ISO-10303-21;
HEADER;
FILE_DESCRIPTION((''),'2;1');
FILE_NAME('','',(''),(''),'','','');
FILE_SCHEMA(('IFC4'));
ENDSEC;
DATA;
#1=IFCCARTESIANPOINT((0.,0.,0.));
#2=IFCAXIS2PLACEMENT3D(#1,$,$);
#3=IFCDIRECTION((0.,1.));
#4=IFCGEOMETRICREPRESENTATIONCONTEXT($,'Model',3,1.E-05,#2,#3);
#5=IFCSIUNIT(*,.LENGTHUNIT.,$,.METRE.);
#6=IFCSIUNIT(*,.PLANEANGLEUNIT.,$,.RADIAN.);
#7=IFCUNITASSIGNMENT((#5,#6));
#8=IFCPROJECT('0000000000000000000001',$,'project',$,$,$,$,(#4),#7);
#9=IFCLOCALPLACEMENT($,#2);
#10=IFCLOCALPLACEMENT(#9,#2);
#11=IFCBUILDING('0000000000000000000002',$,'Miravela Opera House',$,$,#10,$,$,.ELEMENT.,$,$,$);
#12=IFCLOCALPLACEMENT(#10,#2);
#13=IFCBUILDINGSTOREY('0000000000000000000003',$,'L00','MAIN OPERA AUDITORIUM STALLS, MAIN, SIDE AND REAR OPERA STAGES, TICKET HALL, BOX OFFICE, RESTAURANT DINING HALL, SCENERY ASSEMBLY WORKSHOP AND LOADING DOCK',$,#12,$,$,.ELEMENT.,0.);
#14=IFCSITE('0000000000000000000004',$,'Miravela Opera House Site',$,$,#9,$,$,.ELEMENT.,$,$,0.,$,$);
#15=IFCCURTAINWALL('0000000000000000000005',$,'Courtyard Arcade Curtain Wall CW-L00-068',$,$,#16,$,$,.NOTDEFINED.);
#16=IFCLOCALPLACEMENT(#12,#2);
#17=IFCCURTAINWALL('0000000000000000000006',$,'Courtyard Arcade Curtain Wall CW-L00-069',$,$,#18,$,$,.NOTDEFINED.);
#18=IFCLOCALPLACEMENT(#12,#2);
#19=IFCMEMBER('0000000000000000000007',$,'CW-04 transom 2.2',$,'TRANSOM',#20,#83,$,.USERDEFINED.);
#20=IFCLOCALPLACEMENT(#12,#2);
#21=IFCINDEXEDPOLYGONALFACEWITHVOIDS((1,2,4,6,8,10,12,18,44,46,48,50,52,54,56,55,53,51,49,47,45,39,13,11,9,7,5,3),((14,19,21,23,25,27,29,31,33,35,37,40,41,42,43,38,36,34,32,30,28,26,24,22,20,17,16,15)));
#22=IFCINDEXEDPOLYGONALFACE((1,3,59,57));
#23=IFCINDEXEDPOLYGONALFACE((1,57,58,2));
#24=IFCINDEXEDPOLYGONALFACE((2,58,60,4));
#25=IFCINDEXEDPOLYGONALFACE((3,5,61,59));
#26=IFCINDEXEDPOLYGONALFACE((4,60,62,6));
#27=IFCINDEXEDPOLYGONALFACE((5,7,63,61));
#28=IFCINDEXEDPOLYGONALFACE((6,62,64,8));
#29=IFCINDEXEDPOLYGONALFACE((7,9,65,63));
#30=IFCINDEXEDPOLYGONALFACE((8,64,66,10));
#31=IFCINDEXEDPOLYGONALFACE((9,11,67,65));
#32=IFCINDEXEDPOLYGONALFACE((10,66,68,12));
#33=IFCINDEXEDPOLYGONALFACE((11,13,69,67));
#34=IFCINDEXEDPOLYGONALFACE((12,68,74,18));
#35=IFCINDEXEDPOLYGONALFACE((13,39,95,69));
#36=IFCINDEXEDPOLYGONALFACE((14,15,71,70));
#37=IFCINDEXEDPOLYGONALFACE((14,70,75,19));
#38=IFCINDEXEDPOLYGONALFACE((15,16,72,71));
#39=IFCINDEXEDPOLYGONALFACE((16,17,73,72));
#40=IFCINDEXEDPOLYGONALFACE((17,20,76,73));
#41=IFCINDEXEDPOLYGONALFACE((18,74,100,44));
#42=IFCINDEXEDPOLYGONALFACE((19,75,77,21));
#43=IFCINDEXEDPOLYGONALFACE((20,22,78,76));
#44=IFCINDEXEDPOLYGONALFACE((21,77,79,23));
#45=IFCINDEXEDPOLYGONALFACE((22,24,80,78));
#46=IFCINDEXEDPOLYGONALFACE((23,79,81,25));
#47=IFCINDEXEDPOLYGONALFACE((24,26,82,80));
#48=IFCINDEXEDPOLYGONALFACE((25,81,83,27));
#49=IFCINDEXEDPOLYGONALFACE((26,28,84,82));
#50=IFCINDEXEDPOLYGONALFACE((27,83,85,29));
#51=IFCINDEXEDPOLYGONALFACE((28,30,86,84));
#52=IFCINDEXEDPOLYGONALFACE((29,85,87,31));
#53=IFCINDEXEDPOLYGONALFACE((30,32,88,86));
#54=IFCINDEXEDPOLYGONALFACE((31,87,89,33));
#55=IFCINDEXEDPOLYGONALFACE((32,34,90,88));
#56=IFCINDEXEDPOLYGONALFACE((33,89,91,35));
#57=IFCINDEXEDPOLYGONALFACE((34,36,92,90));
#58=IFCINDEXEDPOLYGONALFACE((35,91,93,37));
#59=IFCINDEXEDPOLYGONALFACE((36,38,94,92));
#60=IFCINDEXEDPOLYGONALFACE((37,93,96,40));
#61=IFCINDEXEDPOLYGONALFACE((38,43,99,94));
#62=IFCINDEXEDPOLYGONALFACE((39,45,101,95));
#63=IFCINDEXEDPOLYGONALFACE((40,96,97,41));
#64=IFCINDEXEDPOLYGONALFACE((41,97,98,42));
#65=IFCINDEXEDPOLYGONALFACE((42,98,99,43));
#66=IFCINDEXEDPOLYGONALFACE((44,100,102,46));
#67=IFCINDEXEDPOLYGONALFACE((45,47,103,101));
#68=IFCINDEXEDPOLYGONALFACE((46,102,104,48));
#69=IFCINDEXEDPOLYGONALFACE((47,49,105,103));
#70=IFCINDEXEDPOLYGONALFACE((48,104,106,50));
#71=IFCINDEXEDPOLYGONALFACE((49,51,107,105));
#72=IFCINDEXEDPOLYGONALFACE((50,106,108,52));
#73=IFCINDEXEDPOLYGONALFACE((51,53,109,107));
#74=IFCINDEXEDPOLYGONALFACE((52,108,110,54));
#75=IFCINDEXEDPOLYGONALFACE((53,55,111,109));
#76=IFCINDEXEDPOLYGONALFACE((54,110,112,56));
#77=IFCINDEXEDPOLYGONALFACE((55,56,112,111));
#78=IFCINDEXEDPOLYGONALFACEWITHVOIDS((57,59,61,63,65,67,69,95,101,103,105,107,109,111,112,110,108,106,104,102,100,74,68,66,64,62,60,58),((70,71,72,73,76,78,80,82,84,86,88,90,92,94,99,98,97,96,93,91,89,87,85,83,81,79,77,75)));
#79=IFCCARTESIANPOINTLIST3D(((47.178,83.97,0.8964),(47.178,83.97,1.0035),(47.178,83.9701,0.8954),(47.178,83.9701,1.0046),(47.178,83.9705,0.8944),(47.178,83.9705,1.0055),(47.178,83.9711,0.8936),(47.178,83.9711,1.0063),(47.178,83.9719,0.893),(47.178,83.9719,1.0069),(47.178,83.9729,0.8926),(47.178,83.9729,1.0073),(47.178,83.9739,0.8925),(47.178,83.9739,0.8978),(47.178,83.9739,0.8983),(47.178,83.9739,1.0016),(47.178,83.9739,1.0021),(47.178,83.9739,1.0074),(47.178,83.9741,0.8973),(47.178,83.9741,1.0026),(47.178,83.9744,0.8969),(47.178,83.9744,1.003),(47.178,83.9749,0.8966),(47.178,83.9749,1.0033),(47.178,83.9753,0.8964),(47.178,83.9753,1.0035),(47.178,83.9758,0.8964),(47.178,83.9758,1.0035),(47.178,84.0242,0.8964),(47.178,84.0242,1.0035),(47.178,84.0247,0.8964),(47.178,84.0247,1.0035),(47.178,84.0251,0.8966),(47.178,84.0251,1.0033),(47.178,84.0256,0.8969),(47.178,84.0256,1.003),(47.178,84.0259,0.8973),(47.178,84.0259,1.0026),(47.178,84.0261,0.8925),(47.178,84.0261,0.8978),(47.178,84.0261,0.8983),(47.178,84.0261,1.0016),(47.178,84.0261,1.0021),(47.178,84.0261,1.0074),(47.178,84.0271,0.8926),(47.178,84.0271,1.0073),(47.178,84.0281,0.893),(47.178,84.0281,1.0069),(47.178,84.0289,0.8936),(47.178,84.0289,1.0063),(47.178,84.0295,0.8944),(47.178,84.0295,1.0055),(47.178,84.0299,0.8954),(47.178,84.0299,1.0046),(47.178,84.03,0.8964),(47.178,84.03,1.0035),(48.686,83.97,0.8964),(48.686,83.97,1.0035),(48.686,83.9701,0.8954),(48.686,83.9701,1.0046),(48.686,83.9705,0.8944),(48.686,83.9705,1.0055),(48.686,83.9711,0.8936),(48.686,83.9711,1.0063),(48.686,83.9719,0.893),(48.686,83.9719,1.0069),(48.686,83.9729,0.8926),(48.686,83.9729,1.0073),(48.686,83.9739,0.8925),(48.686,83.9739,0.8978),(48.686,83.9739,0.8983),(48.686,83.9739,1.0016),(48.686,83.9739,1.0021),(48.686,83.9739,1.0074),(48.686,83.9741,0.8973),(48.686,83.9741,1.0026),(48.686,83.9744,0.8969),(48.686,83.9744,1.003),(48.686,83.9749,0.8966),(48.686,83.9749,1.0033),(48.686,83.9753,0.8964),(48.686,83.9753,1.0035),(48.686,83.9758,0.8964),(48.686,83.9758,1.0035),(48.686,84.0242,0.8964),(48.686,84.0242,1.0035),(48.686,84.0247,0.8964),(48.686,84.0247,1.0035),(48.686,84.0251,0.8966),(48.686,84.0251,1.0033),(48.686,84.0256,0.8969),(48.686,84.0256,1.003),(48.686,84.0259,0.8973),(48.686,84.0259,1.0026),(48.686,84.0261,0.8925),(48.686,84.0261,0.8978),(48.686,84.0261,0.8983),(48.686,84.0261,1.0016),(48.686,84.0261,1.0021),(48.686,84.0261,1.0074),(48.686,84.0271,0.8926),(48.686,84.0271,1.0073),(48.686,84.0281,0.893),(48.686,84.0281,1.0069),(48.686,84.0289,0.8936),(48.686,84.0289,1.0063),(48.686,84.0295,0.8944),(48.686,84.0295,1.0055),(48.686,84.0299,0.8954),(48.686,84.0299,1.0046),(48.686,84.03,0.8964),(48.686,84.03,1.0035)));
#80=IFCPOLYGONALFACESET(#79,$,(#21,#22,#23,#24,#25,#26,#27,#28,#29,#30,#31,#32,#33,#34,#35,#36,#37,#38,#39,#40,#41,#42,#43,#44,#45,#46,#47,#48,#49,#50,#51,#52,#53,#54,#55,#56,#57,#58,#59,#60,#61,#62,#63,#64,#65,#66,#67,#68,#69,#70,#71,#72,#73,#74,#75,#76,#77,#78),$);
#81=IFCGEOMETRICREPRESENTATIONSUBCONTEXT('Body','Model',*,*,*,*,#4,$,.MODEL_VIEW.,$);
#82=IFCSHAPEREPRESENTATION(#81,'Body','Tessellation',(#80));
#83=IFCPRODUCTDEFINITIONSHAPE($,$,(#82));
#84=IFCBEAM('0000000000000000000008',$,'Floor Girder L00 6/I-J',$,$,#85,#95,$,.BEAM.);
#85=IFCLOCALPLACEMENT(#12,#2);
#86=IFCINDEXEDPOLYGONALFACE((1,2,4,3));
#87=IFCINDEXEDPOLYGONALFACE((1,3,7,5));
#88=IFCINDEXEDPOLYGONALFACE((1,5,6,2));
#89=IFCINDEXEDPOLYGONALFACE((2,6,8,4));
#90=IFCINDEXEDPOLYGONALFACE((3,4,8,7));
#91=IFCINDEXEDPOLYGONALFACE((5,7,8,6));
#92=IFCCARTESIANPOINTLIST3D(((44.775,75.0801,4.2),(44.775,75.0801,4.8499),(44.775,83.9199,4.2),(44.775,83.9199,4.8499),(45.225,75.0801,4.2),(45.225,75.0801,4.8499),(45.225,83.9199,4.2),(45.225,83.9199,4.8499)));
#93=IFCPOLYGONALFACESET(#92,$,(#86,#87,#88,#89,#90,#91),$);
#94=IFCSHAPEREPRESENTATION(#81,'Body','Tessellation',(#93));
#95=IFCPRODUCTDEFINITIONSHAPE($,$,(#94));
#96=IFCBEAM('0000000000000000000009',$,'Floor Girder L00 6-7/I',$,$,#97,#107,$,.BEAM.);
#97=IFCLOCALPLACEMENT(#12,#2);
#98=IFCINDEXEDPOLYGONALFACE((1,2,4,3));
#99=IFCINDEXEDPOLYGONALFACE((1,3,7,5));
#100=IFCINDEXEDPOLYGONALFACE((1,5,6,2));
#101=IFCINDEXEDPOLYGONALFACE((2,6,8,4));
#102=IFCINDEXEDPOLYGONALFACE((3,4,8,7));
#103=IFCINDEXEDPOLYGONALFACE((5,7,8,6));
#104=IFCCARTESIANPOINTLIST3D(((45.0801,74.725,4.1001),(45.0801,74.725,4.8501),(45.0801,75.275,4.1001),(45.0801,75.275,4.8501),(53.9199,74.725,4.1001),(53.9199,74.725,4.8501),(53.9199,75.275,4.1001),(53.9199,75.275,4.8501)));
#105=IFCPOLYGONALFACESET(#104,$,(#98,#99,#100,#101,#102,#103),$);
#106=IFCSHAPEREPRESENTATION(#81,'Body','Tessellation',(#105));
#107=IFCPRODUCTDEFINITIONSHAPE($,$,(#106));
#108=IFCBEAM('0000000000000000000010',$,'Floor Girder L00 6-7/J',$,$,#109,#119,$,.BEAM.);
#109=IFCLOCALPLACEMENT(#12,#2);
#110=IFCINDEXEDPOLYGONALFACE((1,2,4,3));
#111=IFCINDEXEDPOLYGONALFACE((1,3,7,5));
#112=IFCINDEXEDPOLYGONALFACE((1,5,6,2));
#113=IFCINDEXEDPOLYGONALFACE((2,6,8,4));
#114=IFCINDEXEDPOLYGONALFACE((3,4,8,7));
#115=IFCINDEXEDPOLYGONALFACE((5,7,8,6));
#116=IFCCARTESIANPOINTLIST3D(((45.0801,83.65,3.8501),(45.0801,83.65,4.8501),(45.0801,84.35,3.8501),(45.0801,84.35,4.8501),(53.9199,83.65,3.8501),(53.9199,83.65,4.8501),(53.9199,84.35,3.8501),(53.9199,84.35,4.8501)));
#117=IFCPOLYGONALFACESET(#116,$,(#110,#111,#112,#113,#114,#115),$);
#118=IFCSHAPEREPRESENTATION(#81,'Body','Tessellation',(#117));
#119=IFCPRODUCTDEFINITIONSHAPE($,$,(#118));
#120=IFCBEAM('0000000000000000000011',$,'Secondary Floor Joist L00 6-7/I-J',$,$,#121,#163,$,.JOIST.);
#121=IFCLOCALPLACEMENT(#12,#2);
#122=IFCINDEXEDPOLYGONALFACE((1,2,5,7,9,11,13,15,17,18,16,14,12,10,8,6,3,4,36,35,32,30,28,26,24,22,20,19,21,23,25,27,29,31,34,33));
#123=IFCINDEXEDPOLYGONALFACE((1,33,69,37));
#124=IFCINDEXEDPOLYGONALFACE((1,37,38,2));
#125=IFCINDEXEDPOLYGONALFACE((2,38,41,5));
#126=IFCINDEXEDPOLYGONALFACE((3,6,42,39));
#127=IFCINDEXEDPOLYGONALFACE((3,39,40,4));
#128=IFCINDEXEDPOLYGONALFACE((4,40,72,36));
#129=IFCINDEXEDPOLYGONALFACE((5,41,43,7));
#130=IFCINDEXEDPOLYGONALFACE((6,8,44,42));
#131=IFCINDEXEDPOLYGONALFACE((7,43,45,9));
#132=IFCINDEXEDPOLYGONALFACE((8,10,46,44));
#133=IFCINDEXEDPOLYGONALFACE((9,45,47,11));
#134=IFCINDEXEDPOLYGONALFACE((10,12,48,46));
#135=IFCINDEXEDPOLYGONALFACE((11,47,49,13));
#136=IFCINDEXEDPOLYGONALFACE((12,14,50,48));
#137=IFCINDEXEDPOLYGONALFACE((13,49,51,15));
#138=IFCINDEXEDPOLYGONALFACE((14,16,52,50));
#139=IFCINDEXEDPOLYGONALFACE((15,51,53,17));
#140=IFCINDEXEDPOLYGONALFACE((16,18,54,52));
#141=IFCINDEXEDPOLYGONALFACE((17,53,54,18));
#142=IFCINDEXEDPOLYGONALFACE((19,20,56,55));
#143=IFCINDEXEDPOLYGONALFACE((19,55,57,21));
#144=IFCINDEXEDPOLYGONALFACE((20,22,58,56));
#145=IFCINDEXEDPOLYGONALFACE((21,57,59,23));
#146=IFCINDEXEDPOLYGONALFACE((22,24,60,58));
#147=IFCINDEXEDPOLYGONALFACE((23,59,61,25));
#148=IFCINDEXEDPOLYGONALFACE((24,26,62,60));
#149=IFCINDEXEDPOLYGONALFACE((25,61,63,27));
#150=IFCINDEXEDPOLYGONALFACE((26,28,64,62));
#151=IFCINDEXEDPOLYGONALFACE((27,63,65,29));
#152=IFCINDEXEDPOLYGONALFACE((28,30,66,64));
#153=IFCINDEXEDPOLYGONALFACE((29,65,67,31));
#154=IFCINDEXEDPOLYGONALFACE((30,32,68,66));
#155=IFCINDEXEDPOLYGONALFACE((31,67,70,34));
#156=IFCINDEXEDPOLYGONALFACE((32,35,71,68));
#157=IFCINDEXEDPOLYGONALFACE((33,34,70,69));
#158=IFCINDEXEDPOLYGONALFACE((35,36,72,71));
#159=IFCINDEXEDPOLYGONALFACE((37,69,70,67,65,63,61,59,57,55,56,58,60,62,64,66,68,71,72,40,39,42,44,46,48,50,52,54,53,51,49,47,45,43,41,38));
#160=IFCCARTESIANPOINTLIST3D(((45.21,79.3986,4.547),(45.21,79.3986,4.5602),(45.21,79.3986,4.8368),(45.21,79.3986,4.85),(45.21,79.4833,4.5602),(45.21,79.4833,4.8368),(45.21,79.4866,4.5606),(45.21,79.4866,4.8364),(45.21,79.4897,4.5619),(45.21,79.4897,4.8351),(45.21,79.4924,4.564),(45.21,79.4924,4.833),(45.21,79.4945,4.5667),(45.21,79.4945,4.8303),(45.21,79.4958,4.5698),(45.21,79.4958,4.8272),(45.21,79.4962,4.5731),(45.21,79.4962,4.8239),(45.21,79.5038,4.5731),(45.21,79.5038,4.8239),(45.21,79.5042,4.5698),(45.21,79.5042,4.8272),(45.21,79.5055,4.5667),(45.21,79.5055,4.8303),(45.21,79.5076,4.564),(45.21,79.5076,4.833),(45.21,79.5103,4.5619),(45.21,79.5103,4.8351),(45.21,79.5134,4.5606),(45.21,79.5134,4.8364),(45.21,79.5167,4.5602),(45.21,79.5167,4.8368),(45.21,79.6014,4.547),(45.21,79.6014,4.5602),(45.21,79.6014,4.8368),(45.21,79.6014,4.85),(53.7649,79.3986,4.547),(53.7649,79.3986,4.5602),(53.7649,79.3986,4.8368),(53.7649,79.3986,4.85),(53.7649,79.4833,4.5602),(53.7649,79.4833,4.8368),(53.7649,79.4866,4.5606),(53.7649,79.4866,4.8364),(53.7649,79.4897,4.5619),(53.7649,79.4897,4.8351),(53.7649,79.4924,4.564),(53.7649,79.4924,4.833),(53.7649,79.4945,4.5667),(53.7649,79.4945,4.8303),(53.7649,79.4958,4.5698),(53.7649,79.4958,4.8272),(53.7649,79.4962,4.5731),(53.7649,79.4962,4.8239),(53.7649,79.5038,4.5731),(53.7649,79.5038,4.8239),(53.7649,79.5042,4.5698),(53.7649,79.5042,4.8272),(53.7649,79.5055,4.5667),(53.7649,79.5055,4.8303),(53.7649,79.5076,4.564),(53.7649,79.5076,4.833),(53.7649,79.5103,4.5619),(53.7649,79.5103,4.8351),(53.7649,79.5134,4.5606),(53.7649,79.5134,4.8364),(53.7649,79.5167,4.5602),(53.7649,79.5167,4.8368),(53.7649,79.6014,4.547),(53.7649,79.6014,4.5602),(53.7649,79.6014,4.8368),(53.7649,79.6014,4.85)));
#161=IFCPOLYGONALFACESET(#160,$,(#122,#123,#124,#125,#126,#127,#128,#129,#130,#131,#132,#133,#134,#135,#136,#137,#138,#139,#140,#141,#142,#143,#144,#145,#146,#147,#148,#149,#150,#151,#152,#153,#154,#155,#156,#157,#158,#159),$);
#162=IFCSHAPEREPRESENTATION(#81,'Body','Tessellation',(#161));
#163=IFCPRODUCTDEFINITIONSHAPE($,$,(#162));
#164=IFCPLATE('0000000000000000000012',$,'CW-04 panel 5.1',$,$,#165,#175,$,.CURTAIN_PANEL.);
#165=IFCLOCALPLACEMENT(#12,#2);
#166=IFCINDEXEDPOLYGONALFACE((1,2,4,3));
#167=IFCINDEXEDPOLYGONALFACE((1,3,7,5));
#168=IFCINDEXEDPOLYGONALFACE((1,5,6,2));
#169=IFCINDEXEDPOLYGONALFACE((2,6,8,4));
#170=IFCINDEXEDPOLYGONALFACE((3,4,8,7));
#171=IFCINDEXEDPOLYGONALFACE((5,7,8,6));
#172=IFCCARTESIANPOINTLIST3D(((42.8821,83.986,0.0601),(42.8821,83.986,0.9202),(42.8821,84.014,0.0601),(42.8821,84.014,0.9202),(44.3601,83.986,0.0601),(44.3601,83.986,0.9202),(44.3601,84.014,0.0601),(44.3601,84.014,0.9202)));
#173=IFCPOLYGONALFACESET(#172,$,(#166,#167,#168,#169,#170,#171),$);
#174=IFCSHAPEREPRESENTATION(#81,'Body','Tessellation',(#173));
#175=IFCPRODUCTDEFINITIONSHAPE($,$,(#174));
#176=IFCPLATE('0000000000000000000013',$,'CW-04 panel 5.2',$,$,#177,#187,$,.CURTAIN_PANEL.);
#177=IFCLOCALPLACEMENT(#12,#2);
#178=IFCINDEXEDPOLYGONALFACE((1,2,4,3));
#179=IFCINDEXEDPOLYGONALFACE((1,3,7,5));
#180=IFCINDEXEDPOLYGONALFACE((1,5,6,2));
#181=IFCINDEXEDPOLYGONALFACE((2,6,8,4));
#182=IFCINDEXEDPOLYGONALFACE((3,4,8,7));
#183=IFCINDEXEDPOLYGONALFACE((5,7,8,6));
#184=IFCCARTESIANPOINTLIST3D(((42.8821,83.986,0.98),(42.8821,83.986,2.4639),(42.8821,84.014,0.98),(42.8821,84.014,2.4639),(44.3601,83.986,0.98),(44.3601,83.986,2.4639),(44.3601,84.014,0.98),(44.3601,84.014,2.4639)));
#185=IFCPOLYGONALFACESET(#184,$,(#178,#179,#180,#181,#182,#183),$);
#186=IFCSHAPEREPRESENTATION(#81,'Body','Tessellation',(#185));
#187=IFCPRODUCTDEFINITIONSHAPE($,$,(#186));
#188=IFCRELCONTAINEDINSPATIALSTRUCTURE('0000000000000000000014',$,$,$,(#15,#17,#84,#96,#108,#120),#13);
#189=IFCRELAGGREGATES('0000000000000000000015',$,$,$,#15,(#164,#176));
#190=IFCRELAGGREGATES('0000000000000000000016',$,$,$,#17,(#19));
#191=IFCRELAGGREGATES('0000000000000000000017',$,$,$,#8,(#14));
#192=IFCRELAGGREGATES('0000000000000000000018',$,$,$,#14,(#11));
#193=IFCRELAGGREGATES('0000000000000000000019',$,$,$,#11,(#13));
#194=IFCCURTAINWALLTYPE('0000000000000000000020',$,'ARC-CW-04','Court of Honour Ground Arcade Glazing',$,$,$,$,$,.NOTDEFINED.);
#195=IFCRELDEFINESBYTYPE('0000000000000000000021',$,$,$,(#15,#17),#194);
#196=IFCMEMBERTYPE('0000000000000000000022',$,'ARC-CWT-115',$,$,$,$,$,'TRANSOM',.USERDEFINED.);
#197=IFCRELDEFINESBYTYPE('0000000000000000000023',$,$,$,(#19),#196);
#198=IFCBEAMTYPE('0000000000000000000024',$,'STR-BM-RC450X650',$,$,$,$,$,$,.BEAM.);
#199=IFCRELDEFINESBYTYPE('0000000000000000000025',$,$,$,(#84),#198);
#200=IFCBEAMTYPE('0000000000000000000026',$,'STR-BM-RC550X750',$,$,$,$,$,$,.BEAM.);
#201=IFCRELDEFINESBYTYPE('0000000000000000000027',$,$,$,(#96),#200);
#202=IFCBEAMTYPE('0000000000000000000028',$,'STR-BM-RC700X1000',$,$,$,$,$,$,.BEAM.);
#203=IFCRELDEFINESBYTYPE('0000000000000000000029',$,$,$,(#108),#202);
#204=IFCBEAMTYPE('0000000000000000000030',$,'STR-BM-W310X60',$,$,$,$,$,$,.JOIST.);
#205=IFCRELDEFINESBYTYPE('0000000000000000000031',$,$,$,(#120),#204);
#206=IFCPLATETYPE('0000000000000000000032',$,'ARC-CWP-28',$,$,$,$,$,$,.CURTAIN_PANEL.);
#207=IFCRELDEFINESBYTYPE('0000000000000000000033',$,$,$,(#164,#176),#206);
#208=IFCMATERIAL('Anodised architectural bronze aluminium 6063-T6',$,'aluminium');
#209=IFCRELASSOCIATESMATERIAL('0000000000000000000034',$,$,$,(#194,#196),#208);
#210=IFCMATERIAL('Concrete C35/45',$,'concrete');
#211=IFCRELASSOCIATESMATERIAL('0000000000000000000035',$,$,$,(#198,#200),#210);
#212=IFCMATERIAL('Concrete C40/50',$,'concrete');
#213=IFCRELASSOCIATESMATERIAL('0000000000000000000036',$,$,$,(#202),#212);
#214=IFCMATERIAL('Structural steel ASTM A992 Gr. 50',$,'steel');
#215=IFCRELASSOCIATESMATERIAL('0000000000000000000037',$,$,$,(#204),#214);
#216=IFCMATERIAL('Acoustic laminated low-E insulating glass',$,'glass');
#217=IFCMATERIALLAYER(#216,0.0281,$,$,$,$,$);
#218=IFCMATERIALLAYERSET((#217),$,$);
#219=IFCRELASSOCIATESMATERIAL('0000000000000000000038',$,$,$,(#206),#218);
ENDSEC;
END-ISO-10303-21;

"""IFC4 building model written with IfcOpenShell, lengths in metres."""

from ifc_helpers import new_model, si_unit, direction, frame, origin, origin_2d, place, context, subcontext, project, spatial, rectangle, hollow_rectangle, i_section, extrude, material, layer, layer_set, material_profile, profile_set, type_object, element, aggregate, save


model = new_model("IFC4")

# Units and contexts
model_context = context("Model", 3, precision=1e-05, world=origin(), true_north=direction((0.0, 1.0)))
body_context = subcontext(model_context, "Body", "Model", "MODEL_VIEW")
ifc_project = project(units=[si_unit("LENGTHUNIT", "METRE"), si_unit("PLANEANGLEUNIT", "RADIAN")], contexts=[model_context])

# Site, building, storey
site_placement = place(None, origin())
site = spatial("IfcSite", under=ifc_project, at=site_placement, Name="Miravela Opera House Site", CompositionType="ELEMENT", RefElevation=0.0)
building_placement = place(site_placement, origin())
building = spatial("IfcBuilding", under=site, at=building_placement, Name="Miravela Opera House", CompositionType="ELEMENT")
storey_placement = place(building_placement, origin())
storey = spatial("IfcBuildingStorey", under=building, at=storey_placement, Name="L00", Description="MAIN OPERA AUDITORIUM STALLS, MAIN, SIDE AND REAR OPERA STAGES, TICKET HALL, BOX OFFICE, RESTAURANT DINING HALL, SCENERY ASSEMBLY WORKSHOP AND LOADING DOCK", CompositionType="ELEMENT", Elevation=0.0)

# Shared definitions
ifc_material_1 = material(Name="Concrete C35/45", Category="concrete")
ifc_material_2 = material(Name="Concrete C40/50", Category="concrete")

# Curtain wall
ifc_material_3 = material(Name="Anodised architectural bronze aluminium 6063-T6", Category="aluminium")
curtain_wall_type = type_object("IfcCurtainWallType", Name="ARC-CW-04", Description="Court of Honour Ground Arcade Glazing", PredefinedType="NOTDEFINED", material=ifc_material_3)
curtain_wall_1_placement = place(storey_placement, origin())
curtain_wall_1 = element("IfcCurtainWall", 1, at=curtain_wall_1_placement, inside=storey, type_object=curtain_wall_type, Name="Courtyard Arcade Curtain Wall CW-L00-068", PredefinedType="NOTDEFINED")

# Curtain wall, member
curtain_wall_2_placement = place(storey_placement, origin())
curtain_wall_2 = element("IfcCurtainWall", 2, at=curtain_wall_2_placement, inside=storey, type_object=curtain_wall_type, Name="Courtyard Arcade Curtain Wall CW-L00-069", PredefinedType="NOTDEFINED")
ifc_material_profile_1 = material_profile(ifc_material_3, hollow_rectangle(XDim=0.0601, YDim=0.115, WallThickness=0.0039, InnerFilletRadius=0.002, OuterFilletRadius=0.0039, at=origin_2d()), Name="CWT-60X115")
ifc_profile_set_1 = profile_set([ifc_material_profile_1])
member_type_1 = type_object("IfcMemberType", Name="ARC-CWT-115", ElementType="TRANSOM", PredefinedType="USERDEFINED", material=ifc_profile_set_1)
member_1_placement = place(storey_placement, frame((47.178, 84.0, 0.95), z_axis=(1.0, 0.0, 0.0), x_axis=(0.0, 1.0, 0.0)))
member_1 = element("IfcMember", 3, at=member_1_placement, type_object=member_type_1, Name="CW-04 transom 2.2", ObjectType="TRANSOM", PredefinedType="USERDEFINED", context=body_context, shape_type="SweptSolid", body=[
    extrude(hollow_rectangle(XDim=0.0601, YDim=0.115, WallThickness=0.0039, InnerFilletRadius=0.002, OuterFilletRadius=0.0039, at=origin_2d()), origin(), (0.0, 0.0, 1.0), 1.5081),
])

# Beams
ifc_material_profile_2 = material_profile(ifc_material_1, rectangle(XDim=0.45, YDim=0.6499, at=origin_2d()), Name="RC-BM-450X650")
ifc_profile_set_2 = profile_set([ifc_material_profile_2])
beam_type_1 = type_object("IfcBeamType", Name="STR-BM-RC450X650", PredefinedType="BEAM", material=ifc_profile_set_2)
beam_1_placement = place(storey_placement, frame((45.0, 75.0801, 4.5249), z_axis=(0.0, 1.0, 0.0), x_axis=(-1.0, 0.0, 0.0)))
element("IfcBeam", 4, at=beam_1_placement, inside=storey, type_object=beam_type_1, Name="Floor Girder L00 6/I-J", PredefinedType="BEAM", context=body_context, shape_type="SweptSolid", body=[
    extrude(rectangle(XDim=0.45, YDim=0.6499, at=origin_2d()), origin(), (0.0, 0.0, 1.0), 8.8398),
])
ifc_material_profile_3 = material_profile(ifc_material_1, rectangle(XDim=0.55, YDim=0.75, at=origin_2d()), Name="RC-BM-550X750")
ifc_profile_set_3 = profile_set([ifc_material_profile_3])
beam_type_2 = type_object("IfcBeamType", Name="STR-BM-RC550X750", PredefinedType="BEAM", material=ifc_profile_set_3)
beam_2_placement = place(storey_placement, frame((45.0801, 75.0, 4.4751), z_axis=(1.0, 0.0, 0.0), x_axis=(0.0, 1.0, 0.0)))
element("IfcBeam", 5, at=beam_2_placement, inside=storey, type_object=beam_type_2, Name="Floor Girder L00 6-7/I", PredefinedType="BEAM", context=body_context, shape_type="SweptSolid", body=[
    extrude(rectangle(XDim=0.55, YDim=0.75, at=origin_2d()), origin(), (0.0, 0.0, 1.0), 8.8398),
])
ifc_material_profile_4 = material_profile(ifc_material_2, rectangle(XDim=0.7, YDim=1.0, at=origin_2d()), Name="RC-BM-700X1000")
ifc_profile_set_4 = profile_set([ifc_material_profile_4])
beam_type_3 = type_object("IfcBeamType", Name="STR-BM-RC700X1000", PredefinedType="BEAM", material=ifc_profile_set_4)
beam_3_placement = place(storey_placement, frame((45.0801, 84.0, 4.3501), z_axis=(1.0, 0.0, 0.0), x_axis=(0.0, 1.0, 0.0)))
element("IfcBeam", 6, at=beam_3_placement, inside=storey, type_object=beam_type_3, Name="Floor Girder L00 6-7/J", PredefinedType="BEAM", context=body_context, shape_type="SweptSolid", body=[
    extrude(rectangle(XDim=0.7, YDim=1.0, at=origin_2d()), origin(), (0.0, 0.0, 1.0), 8.8398),
])
ifc_material_4 = material(Name="Structural steel ASTM A992 Gr. 50", Category="steel")
ifc_material_profile_5 = material_profile(ifc_material_4, i_section(OverallWidth=0.2029, OverallDepth=0.303, WebThickness=0.0076, FlangeThickness=0.0132, FilletRadius=0.0129, at=origin_2d()), Name="W310X60")
ifc_profile_set_5 = profile_set([ifc_material_profile_5])
beam_type_4 = type_object("IfcBeamType", Name="STR-BM-W310X60", PredefinedType="JOIST", material=ifc_profile_set_5)
beam_4_placement = place(storey_placement, frame((45.21, 79.5, 4.6985), z_axis=(1.0, 0.0, 0.0), x_axis=(0.0, 1.0, 0.0)))
element("IfcBeam", 7, at=beam_4_placement, inside=storey, type_object=beam_type_4, Name="Secondary Floor Joist L00 6-7/I-J", PredefinedType="JOIST", context=body_context, shape_type="SweptSolid", body=[
    extrude(i_section(OverallWidth=0.2029, OverallDepth=0.303, WebThickness=0.0076, FlangeThickness=0.0132, FilletRadius=0.0129, at=origin_2d()), origin(), (0.0, 0.0, 1.0), 8.5549),
])

# Plates
ifc_material_5 = material(Name="Acoustic laminated low-E insulating glass", Category="glass")
ifc_layer_1 = layer(ifc_material_5, 0.0281)
ifc_layer_set_1 = layer_set([ifc_layer_1])
plate_type = type_object("IfcPlateType", Name="ARC-CWP-28", PredefinedType="CURTAIN_PANEL", material=ifc_layer_set_1)
plate_1_placement = place(storey_placement, frame((43.6211, 84.0, 0.0601), z_axis=(0.0, 0.0, 1.0), x_axis=(1.0, 0.0, 0.0)))
plate_1 = element("IfcPlate", 8, at=plate_1_placement, type_object=plate_type, Name="CW-04 panel 5.1", PredefinedType="CURTAIN_PANEL", context=body_context, shape_type="SweptSolid", body=[
    extrude(rectangle(XDim=1.478, YDim=0.0281, at=origin_2d()), origin(), (0.0, 0.0, 1.0), 0.8601),
])
plate_2_placement = place(storey_placement, frame((43.6211, 84.0, 0.98), z_axis=(0.0, 0.0, 1.0), x_axis=(1.0, 0.0, 0.0)))
plate_2 = element("IfcPlate", 9, at=plate_2_placement, type_object=plate_type, Name="CW-04 panel 5.2", PredefinedType="CURTAIN_PANEL", context=body_context, shape_type="SweptSolid", body=[
    extrude(rectangle(XDim=1.478, YDim=0.0281, at=origin_2d()), origin(), (0.0, 0.0, 1.0), 1.4839),
])
aggregate(curtain_wall_1, [plate_1, plate_2])
aggregate(curtain_wall_2, [member_1])

save(model, "model.ifc")
